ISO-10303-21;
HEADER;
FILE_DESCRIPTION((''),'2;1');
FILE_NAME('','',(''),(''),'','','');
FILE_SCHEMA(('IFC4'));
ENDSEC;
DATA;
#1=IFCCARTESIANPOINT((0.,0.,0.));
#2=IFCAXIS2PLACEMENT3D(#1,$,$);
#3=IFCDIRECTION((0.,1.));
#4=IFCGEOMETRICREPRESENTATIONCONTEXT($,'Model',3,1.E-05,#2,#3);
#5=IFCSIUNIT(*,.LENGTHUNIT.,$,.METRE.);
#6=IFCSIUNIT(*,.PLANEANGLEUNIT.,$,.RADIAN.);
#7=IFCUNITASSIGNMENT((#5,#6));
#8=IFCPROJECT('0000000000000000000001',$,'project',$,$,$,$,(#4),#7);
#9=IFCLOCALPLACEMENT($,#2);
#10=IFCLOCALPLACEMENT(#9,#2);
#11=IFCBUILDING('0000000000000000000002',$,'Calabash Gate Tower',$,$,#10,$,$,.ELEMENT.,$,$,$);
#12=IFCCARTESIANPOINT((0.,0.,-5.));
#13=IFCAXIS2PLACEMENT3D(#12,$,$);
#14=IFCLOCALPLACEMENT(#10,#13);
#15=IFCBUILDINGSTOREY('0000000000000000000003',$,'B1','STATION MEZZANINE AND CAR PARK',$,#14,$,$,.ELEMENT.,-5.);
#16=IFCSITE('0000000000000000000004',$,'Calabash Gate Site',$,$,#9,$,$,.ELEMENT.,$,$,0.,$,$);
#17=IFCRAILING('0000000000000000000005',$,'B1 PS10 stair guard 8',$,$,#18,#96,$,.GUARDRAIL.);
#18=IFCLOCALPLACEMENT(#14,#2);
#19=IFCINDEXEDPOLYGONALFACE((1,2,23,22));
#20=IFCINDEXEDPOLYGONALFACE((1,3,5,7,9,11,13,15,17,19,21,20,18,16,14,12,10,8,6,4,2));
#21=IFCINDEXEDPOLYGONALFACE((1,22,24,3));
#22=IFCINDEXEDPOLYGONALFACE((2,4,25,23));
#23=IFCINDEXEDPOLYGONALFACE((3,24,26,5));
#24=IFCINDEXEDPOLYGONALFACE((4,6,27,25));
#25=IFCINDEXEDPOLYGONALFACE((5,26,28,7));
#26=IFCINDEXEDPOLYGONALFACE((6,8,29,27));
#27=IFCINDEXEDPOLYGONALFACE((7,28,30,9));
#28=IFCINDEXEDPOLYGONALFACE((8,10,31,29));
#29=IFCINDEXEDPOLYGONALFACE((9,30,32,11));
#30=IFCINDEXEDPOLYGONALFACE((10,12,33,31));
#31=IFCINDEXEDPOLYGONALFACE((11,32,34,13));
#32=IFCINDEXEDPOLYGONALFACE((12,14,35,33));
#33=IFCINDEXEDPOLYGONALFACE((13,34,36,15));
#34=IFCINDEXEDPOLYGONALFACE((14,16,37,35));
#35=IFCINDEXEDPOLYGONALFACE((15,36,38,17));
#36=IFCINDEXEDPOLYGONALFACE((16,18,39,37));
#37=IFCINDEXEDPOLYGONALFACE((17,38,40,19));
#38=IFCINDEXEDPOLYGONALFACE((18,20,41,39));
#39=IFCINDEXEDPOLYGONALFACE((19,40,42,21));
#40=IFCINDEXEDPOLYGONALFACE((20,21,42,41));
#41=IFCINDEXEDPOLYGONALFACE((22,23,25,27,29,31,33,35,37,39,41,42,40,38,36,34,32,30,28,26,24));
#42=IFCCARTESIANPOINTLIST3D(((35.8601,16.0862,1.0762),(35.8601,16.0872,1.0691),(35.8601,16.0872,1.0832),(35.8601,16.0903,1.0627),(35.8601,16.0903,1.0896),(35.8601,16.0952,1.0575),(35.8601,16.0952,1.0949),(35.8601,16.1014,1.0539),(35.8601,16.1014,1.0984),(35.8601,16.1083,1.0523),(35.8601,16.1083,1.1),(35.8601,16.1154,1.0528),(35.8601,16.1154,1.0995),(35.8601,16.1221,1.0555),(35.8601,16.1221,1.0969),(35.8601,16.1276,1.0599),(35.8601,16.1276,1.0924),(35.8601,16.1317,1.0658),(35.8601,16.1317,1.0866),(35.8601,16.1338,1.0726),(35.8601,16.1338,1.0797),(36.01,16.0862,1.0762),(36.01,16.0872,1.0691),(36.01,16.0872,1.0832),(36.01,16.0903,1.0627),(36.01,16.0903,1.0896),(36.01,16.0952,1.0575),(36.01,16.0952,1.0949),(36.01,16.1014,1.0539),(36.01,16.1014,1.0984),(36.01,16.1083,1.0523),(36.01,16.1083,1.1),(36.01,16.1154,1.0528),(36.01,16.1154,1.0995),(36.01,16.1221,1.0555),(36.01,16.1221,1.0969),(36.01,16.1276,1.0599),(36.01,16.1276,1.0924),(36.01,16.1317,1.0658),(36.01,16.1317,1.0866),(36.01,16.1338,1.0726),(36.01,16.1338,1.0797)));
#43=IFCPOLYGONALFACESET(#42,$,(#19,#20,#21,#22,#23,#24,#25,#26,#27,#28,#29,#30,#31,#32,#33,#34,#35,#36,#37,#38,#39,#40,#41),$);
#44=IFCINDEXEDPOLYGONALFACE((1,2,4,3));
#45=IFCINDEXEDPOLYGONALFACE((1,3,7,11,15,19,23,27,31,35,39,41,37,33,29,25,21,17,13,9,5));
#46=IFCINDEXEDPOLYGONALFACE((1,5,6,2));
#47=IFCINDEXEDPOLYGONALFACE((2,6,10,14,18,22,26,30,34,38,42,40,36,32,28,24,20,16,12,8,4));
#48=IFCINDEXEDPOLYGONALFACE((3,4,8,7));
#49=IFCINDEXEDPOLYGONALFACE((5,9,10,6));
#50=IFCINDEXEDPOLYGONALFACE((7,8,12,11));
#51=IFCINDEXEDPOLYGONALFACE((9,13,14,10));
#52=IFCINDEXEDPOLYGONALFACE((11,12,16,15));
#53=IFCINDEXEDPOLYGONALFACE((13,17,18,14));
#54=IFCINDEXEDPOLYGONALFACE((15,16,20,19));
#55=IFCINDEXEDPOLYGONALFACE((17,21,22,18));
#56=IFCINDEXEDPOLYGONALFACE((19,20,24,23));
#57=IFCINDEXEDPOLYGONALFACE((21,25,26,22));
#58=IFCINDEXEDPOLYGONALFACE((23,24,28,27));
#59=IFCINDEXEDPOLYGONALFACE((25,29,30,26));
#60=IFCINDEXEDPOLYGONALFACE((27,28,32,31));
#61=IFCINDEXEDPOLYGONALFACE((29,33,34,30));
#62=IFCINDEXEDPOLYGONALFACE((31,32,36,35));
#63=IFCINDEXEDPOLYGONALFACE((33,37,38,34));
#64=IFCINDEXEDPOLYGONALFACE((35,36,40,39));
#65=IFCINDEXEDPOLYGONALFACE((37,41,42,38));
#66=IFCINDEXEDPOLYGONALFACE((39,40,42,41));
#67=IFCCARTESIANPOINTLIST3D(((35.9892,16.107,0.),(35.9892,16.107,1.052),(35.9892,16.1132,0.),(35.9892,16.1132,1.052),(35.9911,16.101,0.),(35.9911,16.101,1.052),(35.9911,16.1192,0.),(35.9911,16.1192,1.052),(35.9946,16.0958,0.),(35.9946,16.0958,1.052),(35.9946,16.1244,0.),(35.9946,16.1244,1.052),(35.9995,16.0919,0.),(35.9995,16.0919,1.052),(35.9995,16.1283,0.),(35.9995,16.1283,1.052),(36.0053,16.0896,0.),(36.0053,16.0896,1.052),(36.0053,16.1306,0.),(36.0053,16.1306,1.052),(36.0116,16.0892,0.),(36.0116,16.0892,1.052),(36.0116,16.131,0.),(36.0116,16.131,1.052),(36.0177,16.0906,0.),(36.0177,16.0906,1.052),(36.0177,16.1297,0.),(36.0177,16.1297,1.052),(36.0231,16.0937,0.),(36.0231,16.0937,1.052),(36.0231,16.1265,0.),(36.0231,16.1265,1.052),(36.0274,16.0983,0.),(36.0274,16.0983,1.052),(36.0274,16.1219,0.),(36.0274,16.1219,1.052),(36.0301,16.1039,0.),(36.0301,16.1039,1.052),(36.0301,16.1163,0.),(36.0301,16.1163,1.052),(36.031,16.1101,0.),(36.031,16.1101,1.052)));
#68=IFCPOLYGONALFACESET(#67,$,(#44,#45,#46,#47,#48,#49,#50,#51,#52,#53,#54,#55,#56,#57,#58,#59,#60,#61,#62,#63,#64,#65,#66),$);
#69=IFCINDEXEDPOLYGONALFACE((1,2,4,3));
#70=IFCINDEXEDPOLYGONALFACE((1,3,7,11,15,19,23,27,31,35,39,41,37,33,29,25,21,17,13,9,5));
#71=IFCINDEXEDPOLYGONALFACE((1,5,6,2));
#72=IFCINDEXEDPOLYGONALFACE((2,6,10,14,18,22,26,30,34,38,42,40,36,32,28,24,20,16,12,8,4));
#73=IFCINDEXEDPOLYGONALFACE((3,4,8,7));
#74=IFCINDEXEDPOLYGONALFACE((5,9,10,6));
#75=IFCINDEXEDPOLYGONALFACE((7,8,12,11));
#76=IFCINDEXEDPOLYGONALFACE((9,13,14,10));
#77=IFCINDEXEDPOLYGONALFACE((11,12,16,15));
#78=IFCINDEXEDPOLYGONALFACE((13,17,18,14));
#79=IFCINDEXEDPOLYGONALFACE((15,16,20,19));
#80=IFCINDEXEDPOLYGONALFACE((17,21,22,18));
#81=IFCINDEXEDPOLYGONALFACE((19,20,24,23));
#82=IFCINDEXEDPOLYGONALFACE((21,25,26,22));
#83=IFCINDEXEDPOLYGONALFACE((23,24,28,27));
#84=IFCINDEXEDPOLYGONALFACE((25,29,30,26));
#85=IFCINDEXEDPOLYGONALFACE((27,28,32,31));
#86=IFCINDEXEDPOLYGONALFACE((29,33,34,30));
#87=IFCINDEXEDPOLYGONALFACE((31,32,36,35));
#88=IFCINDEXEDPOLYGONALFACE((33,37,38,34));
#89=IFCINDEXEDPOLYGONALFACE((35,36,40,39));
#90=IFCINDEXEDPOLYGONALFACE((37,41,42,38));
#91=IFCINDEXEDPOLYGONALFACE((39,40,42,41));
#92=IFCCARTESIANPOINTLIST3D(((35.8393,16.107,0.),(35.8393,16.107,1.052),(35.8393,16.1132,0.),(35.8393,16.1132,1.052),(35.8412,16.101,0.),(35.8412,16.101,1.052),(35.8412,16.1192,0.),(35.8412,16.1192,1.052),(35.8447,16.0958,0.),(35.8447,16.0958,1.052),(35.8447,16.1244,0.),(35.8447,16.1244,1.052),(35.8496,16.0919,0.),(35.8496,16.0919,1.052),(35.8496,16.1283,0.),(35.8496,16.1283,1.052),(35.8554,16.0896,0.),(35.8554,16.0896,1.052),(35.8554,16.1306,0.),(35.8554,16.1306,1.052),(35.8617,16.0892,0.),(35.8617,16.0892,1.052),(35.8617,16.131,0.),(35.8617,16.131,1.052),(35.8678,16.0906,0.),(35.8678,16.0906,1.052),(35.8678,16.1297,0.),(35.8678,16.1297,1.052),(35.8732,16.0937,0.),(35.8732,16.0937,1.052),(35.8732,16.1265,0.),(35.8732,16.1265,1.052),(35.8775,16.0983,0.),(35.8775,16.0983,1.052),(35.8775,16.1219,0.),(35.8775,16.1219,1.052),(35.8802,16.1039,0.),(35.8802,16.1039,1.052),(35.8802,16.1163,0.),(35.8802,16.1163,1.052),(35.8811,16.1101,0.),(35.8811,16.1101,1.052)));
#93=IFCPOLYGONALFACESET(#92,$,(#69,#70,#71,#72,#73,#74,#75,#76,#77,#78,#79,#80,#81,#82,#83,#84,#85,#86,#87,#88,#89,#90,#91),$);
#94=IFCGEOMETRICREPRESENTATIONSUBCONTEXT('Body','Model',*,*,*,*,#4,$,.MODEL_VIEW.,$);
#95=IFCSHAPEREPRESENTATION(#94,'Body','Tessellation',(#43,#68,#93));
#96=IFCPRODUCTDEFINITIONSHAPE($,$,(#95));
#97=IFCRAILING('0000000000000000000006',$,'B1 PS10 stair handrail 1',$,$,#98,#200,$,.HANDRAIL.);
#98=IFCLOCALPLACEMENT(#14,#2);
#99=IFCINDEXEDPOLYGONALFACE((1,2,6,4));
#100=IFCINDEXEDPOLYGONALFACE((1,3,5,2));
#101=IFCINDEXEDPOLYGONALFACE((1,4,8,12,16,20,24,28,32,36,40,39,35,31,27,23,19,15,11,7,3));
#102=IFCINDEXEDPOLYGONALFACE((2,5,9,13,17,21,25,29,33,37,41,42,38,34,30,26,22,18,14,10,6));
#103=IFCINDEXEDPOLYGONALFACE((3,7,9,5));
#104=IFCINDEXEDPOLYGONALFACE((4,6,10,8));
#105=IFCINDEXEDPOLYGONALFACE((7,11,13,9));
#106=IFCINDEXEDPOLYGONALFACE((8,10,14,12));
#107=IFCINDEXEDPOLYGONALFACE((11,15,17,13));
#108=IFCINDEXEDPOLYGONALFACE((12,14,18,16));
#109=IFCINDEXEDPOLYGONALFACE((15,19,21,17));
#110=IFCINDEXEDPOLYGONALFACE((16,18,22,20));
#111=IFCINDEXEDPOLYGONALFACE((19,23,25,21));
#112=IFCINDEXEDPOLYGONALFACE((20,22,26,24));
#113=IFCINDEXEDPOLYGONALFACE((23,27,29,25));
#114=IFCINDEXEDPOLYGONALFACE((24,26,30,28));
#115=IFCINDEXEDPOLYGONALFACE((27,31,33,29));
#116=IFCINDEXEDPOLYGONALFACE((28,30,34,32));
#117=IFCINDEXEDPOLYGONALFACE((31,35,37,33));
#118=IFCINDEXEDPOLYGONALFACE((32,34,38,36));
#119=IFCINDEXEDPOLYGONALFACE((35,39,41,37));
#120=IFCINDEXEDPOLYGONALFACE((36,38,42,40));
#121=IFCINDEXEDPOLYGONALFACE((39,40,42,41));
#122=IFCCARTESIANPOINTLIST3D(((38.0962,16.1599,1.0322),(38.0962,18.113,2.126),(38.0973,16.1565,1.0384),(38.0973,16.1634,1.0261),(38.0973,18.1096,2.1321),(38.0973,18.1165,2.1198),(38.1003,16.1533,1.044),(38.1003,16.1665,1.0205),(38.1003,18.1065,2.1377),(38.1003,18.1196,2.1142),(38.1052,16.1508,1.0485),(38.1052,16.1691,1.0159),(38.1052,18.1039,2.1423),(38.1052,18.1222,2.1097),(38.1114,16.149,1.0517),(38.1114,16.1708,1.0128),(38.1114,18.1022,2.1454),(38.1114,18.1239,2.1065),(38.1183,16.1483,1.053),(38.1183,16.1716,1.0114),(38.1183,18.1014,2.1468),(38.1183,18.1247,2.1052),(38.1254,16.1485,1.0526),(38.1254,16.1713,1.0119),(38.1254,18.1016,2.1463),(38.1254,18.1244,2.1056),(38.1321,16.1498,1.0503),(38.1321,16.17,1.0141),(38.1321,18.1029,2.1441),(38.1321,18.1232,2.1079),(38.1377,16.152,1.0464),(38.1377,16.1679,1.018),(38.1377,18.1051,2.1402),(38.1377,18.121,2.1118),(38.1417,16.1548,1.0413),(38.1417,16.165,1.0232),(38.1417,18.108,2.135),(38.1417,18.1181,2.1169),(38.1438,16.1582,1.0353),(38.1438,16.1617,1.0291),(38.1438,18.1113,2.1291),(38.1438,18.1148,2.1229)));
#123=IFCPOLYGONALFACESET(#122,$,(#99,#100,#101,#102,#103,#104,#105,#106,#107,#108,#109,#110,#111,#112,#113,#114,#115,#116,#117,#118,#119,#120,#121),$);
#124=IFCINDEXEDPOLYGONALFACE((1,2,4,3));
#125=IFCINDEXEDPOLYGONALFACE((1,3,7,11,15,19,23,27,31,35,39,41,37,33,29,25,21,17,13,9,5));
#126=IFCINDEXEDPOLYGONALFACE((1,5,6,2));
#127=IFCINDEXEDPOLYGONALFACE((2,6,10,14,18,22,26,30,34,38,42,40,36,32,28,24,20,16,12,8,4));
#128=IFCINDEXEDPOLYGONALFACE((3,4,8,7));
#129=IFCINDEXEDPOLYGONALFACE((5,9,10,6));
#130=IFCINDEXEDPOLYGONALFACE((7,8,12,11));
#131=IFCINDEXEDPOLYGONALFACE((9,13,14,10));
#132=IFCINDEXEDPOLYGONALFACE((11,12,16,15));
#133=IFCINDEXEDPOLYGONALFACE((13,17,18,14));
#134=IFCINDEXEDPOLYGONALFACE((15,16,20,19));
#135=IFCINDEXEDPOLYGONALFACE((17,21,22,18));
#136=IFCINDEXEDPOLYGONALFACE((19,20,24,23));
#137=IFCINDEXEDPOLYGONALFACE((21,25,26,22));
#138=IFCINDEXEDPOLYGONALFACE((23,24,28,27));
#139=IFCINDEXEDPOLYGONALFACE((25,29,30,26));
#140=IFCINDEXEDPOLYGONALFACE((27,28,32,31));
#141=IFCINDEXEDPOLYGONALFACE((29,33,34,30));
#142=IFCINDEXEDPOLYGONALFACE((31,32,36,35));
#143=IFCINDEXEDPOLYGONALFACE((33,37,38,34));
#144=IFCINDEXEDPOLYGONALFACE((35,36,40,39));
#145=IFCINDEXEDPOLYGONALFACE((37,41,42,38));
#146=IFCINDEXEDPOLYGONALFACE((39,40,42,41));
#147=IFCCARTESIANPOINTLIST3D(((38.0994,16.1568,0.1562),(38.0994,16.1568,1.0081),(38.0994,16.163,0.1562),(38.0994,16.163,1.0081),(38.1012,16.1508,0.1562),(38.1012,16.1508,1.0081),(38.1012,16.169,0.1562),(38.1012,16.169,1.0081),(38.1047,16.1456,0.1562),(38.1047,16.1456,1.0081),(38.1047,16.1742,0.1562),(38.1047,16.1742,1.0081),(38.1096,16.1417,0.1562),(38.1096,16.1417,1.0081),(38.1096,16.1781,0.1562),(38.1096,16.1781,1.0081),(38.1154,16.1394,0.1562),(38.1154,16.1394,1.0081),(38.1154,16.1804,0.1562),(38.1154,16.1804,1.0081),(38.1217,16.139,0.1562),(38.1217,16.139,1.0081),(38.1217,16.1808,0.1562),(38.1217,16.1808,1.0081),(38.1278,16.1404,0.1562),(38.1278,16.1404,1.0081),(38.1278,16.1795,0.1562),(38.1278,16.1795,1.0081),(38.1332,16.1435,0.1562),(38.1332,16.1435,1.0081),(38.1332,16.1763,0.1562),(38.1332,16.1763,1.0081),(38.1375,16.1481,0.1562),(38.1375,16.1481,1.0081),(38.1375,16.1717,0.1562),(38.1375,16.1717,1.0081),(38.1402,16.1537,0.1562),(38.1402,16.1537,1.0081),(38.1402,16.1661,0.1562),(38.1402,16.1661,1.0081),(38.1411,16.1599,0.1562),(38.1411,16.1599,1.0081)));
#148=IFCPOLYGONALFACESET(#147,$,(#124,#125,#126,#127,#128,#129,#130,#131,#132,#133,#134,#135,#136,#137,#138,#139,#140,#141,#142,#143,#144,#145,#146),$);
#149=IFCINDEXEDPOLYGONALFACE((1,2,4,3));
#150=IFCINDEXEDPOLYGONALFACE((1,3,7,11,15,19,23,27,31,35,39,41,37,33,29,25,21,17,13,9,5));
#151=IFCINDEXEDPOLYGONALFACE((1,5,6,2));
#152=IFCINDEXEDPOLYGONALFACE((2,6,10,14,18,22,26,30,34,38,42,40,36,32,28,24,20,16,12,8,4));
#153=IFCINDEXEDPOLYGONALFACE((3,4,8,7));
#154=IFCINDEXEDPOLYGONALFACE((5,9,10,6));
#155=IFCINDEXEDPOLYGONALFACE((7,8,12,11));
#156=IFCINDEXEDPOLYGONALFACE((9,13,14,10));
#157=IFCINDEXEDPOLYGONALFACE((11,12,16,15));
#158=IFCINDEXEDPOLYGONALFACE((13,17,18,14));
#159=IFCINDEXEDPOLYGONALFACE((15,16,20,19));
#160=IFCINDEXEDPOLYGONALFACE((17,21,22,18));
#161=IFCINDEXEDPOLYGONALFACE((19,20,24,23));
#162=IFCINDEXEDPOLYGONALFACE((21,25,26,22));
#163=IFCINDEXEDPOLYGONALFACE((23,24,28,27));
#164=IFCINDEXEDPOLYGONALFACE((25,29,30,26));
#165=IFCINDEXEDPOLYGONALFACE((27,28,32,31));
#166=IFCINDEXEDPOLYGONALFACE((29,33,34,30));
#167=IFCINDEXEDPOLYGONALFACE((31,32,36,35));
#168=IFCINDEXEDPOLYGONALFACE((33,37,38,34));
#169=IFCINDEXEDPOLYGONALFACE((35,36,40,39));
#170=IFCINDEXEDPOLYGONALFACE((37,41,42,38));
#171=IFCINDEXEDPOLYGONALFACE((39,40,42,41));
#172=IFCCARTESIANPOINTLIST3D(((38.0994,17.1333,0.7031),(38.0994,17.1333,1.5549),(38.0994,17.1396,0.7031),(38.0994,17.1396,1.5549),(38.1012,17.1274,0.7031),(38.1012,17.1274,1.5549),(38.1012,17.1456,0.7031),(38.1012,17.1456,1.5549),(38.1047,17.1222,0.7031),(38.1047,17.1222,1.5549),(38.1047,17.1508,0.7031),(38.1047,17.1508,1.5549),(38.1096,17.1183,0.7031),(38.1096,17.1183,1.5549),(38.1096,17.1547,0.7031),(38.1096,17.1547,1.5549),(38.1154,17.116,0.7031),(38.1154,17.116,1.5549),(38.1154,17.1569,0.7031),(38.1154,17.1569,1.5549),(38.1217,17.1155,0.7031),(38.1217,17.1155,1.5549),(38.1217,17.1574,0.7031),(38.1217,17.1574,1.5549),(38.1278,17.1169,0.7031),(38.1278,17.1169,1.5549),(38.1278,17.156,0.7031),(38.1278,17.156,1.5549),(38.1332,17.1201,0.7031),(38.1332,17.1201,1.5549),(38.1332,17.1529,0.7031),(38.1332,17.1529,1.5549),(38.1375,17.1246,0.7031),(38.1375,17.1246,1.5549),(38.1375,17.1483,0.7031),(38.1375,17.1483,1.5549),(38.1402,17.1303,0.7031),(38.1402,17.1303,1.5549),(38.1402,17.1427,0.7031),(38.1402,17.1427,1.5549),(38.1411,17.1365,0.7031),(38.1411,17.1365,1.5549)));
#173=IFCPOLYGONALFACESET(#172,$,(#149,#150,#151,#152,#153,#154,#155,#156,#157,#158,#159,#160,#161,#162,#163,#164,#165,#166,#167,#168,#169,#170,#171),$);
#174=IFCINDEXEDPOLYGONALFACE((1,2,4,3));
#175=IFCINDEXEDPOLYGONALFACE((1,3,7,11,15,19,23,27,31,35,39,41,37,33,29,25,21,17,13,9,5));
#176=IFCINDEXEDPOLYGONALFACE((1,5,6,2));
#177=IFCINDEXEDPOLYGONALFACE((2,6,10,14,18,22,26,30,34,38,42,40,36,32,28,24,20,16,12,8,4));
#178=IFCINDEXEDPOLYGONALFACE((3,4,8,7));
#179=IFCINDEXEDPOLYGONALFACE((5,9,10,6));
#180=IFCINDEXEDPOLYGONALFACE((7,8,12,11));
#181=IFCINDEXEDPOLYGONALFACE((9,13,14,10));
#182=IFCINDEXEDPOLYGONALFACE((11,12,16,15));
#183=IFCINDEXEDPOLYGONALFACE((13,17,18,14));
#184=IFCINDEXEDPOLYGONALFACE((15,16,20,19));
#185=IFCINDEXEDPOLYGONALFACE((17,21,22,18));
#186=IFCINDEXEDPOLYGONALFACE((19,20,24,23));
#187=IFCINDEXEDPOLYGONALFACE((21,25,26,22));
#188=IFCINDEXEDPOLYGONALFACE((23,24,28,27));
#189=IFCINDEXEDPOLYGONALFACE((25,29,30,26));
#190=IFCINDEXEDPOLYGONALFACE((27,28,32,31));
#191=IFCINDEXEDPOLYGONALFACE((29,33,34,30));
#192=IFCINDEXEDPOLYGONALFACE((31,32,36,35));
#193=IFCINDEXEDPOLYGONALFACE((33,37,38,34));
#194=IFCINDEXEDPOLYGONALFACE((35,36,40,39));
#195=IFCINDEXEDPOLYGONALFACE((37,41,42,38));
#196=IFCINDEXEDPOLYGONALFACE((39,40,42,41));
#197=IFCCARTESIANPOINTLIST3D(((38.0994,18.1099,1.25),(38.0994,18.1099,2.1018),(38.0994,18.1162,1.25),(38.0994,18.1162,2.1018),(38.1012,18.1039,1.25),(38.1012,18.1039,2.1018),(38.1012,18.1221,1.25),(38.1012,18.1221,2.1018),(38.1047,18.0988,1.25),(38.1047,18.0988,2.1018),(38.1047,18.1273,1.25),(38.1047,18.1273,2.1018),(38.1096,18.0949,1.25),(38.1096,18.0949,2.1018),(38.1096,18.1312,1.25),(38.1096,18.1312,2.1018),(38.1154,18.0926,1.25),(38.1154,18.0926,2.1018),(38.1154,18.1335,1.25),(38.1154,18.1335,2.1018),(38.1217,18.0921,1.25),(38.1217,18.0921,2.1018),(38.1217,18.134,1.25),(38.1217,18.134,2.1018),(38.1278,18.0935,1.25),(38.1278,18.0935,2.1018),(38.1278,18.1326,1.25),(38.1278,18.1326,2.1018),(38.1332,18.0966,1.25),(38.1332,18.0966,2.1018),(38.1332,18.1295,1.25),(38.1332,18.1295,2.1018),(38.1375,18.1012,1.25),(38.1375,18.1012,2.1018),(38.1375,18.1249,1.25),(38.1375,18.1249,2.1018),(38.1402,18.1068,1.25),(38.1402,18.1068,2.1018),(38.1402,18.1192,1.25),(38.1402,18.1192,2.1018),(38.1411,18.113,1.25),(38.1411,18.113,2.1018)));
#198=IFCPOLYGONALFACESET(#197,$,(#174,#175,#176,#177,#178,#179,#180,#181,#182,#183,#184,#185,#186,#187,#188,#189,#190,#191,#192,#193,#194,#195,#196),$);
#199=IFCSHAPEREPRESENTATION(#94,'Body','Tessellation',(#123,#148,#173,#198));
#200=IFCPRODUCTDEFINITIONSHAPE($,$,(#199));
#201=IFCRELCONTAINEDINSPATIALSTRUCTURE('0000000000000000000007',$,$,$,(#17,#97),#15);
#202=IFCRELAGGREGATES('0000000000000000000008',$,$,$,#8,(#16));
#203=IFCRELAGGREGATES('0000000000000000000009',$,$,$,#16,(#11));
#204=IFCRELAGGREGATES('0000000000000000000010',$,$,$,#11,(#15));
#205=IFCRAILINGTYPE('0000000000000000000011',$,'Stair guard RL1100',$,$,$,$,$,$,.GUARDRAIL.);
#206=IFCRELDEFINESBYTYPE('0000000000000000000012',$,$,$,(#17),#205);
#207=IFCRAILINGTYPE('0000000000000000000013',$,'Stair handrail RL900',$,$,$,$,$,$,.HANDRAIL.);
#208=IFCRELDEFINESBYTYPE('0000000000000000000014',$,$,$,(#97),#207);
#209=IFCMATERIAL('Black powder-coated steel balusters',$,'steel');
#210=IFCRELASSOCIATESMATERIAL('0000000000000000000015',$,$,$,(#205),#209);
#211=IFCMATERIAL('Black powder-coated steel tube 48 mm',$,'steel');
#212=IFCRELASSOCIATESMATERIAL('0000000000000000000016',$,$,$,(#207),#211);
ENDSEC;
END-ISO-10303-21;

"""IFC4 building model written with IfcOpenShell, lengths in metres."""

from ifc_helpers import new_model, si_unit, direction, frame, origin, origin_2d, place, context, subcontext, project, spatial, circle, extrude, material, type_object, element, save


model = new_model("IFC4")

# Units and contexts
model_context = context("Model", 3, precision=1e-05, world=origin(), true_north=direction((0.0, 1.0)))
body_context = subcontext(model_context, "Body", "Model", "MODEL_VIEW")
ifc_project = project(units=[si_unit("LENGTHUNIT", "METRE"), si_unit("PLANEANGLEUNIT", "RADIAN")], contexts=[model_context])

# Site, building, storey
site_placement = place(None, origin())
site = spatial("IfcSite", under=ifc_project, at=site_placement, Name="Calabash Gate Site", CompositionType="ELEMENT", RefElevation=0.0)
building_placement = place(site_placement, origin())
building = spatial("IfcBuilding", under=site, at=building_placement, Name="Calabash Gate Tower", CompositionType="ELEMENT")
storey_placement = place(building_placement, frame((0.0, 0.0, -5.0)))
storey = spatial("IfcBuildingStorey", under=building, at=storey_placement, Name="B1", Description="STATION MEZZANINE AND CAR PARK", CompositionType="ELEMENT", Elevation=-5.0)

# Railings
ifc_material_1 = material(Name="Black powder-coated steel balusters", Category="steel")
railing_type_1 = type_object("IfcRailingType", Name="Stair guard RL1100", PredefinedType="GUARDRAIL", material=ifc_material_1)
railing_1_placement = place(storey_placement, frame((36.01, 16.1101, 0.0)))
element("IfcRailing", 1, at=railing_1_placement, inside=storey, type_object=railing_type_1, Name="B1 PS10 stair guard 8", PredefinedType="GUARDRAIL", context=body_context, shape_type="SweptSolid", body=[
    extrude(circle(Radius=0.0239, at=origin_2d()), frame((0.0, 0.0, 1.0762), z_axis=(-1.0, 0.0, 0.0), x_axis=(0.0, -1.0, 0.0)), (0.0, 0.0, 1.0), 0.1499),
    extrude(circle(Radius=0.021, at=origin_2d()), origin(), (0.0, 0.0, 1.0), 1.052),
    extrude(circle(Radius=0.021, at=origin_2d()), frame((-0.1499, 0.0, 0.0)), (0.0, 0.0, 1.0), 1.052),
])
ifc_material_2 = material(Name="Black powder-coated steel tube 48 mm", Category="steel")
railing_type_2 = type_object("IfcRailingType", Name="Stair handrail RL900", PredefinedType="HANDRAIL", material=ifc_material_2)
for number, where, name in (
    (2, (38.1201, 16.1599, 0.1562), "B1 PS10 stair handrail 1"),
):
    element("IfcRailing", number, at=place(storey_placement, frame(where)), inside=storey, type_object=railing_type_2, Name=name, PredefinedType="HANDRAIL", context=body_context, shape_type="SweptSolid", body=[
        extrude(circle(Radius=0.0239, at=origin_2d()), frame((0.0, 0.0, 0.876), z_axis=(0.0, 0.872506, 0.488603), x_axis=(-1.0, 0.0, 0.0)), (0.0, 0.0, 1.0), 2.2385),
        extrude(circle(Radius=0.021, at=origin_2d()), origin(), (0.0, 0.0, 1.0), 0.8518),
        extrude(circle(Radius=0.021, at=origin_2d()), frame((0.0, 0.9766, 0.5469)), (0.0, 0.0, 1.0), 0.8518),
        extrude(circle(Radius=0.021, at=origin_2d()), frame((0.0, 1.9531, 1.0938)), (0.0, 0.0, 1.0), 0.8518),
    ])

save(model, "model.ifc")
